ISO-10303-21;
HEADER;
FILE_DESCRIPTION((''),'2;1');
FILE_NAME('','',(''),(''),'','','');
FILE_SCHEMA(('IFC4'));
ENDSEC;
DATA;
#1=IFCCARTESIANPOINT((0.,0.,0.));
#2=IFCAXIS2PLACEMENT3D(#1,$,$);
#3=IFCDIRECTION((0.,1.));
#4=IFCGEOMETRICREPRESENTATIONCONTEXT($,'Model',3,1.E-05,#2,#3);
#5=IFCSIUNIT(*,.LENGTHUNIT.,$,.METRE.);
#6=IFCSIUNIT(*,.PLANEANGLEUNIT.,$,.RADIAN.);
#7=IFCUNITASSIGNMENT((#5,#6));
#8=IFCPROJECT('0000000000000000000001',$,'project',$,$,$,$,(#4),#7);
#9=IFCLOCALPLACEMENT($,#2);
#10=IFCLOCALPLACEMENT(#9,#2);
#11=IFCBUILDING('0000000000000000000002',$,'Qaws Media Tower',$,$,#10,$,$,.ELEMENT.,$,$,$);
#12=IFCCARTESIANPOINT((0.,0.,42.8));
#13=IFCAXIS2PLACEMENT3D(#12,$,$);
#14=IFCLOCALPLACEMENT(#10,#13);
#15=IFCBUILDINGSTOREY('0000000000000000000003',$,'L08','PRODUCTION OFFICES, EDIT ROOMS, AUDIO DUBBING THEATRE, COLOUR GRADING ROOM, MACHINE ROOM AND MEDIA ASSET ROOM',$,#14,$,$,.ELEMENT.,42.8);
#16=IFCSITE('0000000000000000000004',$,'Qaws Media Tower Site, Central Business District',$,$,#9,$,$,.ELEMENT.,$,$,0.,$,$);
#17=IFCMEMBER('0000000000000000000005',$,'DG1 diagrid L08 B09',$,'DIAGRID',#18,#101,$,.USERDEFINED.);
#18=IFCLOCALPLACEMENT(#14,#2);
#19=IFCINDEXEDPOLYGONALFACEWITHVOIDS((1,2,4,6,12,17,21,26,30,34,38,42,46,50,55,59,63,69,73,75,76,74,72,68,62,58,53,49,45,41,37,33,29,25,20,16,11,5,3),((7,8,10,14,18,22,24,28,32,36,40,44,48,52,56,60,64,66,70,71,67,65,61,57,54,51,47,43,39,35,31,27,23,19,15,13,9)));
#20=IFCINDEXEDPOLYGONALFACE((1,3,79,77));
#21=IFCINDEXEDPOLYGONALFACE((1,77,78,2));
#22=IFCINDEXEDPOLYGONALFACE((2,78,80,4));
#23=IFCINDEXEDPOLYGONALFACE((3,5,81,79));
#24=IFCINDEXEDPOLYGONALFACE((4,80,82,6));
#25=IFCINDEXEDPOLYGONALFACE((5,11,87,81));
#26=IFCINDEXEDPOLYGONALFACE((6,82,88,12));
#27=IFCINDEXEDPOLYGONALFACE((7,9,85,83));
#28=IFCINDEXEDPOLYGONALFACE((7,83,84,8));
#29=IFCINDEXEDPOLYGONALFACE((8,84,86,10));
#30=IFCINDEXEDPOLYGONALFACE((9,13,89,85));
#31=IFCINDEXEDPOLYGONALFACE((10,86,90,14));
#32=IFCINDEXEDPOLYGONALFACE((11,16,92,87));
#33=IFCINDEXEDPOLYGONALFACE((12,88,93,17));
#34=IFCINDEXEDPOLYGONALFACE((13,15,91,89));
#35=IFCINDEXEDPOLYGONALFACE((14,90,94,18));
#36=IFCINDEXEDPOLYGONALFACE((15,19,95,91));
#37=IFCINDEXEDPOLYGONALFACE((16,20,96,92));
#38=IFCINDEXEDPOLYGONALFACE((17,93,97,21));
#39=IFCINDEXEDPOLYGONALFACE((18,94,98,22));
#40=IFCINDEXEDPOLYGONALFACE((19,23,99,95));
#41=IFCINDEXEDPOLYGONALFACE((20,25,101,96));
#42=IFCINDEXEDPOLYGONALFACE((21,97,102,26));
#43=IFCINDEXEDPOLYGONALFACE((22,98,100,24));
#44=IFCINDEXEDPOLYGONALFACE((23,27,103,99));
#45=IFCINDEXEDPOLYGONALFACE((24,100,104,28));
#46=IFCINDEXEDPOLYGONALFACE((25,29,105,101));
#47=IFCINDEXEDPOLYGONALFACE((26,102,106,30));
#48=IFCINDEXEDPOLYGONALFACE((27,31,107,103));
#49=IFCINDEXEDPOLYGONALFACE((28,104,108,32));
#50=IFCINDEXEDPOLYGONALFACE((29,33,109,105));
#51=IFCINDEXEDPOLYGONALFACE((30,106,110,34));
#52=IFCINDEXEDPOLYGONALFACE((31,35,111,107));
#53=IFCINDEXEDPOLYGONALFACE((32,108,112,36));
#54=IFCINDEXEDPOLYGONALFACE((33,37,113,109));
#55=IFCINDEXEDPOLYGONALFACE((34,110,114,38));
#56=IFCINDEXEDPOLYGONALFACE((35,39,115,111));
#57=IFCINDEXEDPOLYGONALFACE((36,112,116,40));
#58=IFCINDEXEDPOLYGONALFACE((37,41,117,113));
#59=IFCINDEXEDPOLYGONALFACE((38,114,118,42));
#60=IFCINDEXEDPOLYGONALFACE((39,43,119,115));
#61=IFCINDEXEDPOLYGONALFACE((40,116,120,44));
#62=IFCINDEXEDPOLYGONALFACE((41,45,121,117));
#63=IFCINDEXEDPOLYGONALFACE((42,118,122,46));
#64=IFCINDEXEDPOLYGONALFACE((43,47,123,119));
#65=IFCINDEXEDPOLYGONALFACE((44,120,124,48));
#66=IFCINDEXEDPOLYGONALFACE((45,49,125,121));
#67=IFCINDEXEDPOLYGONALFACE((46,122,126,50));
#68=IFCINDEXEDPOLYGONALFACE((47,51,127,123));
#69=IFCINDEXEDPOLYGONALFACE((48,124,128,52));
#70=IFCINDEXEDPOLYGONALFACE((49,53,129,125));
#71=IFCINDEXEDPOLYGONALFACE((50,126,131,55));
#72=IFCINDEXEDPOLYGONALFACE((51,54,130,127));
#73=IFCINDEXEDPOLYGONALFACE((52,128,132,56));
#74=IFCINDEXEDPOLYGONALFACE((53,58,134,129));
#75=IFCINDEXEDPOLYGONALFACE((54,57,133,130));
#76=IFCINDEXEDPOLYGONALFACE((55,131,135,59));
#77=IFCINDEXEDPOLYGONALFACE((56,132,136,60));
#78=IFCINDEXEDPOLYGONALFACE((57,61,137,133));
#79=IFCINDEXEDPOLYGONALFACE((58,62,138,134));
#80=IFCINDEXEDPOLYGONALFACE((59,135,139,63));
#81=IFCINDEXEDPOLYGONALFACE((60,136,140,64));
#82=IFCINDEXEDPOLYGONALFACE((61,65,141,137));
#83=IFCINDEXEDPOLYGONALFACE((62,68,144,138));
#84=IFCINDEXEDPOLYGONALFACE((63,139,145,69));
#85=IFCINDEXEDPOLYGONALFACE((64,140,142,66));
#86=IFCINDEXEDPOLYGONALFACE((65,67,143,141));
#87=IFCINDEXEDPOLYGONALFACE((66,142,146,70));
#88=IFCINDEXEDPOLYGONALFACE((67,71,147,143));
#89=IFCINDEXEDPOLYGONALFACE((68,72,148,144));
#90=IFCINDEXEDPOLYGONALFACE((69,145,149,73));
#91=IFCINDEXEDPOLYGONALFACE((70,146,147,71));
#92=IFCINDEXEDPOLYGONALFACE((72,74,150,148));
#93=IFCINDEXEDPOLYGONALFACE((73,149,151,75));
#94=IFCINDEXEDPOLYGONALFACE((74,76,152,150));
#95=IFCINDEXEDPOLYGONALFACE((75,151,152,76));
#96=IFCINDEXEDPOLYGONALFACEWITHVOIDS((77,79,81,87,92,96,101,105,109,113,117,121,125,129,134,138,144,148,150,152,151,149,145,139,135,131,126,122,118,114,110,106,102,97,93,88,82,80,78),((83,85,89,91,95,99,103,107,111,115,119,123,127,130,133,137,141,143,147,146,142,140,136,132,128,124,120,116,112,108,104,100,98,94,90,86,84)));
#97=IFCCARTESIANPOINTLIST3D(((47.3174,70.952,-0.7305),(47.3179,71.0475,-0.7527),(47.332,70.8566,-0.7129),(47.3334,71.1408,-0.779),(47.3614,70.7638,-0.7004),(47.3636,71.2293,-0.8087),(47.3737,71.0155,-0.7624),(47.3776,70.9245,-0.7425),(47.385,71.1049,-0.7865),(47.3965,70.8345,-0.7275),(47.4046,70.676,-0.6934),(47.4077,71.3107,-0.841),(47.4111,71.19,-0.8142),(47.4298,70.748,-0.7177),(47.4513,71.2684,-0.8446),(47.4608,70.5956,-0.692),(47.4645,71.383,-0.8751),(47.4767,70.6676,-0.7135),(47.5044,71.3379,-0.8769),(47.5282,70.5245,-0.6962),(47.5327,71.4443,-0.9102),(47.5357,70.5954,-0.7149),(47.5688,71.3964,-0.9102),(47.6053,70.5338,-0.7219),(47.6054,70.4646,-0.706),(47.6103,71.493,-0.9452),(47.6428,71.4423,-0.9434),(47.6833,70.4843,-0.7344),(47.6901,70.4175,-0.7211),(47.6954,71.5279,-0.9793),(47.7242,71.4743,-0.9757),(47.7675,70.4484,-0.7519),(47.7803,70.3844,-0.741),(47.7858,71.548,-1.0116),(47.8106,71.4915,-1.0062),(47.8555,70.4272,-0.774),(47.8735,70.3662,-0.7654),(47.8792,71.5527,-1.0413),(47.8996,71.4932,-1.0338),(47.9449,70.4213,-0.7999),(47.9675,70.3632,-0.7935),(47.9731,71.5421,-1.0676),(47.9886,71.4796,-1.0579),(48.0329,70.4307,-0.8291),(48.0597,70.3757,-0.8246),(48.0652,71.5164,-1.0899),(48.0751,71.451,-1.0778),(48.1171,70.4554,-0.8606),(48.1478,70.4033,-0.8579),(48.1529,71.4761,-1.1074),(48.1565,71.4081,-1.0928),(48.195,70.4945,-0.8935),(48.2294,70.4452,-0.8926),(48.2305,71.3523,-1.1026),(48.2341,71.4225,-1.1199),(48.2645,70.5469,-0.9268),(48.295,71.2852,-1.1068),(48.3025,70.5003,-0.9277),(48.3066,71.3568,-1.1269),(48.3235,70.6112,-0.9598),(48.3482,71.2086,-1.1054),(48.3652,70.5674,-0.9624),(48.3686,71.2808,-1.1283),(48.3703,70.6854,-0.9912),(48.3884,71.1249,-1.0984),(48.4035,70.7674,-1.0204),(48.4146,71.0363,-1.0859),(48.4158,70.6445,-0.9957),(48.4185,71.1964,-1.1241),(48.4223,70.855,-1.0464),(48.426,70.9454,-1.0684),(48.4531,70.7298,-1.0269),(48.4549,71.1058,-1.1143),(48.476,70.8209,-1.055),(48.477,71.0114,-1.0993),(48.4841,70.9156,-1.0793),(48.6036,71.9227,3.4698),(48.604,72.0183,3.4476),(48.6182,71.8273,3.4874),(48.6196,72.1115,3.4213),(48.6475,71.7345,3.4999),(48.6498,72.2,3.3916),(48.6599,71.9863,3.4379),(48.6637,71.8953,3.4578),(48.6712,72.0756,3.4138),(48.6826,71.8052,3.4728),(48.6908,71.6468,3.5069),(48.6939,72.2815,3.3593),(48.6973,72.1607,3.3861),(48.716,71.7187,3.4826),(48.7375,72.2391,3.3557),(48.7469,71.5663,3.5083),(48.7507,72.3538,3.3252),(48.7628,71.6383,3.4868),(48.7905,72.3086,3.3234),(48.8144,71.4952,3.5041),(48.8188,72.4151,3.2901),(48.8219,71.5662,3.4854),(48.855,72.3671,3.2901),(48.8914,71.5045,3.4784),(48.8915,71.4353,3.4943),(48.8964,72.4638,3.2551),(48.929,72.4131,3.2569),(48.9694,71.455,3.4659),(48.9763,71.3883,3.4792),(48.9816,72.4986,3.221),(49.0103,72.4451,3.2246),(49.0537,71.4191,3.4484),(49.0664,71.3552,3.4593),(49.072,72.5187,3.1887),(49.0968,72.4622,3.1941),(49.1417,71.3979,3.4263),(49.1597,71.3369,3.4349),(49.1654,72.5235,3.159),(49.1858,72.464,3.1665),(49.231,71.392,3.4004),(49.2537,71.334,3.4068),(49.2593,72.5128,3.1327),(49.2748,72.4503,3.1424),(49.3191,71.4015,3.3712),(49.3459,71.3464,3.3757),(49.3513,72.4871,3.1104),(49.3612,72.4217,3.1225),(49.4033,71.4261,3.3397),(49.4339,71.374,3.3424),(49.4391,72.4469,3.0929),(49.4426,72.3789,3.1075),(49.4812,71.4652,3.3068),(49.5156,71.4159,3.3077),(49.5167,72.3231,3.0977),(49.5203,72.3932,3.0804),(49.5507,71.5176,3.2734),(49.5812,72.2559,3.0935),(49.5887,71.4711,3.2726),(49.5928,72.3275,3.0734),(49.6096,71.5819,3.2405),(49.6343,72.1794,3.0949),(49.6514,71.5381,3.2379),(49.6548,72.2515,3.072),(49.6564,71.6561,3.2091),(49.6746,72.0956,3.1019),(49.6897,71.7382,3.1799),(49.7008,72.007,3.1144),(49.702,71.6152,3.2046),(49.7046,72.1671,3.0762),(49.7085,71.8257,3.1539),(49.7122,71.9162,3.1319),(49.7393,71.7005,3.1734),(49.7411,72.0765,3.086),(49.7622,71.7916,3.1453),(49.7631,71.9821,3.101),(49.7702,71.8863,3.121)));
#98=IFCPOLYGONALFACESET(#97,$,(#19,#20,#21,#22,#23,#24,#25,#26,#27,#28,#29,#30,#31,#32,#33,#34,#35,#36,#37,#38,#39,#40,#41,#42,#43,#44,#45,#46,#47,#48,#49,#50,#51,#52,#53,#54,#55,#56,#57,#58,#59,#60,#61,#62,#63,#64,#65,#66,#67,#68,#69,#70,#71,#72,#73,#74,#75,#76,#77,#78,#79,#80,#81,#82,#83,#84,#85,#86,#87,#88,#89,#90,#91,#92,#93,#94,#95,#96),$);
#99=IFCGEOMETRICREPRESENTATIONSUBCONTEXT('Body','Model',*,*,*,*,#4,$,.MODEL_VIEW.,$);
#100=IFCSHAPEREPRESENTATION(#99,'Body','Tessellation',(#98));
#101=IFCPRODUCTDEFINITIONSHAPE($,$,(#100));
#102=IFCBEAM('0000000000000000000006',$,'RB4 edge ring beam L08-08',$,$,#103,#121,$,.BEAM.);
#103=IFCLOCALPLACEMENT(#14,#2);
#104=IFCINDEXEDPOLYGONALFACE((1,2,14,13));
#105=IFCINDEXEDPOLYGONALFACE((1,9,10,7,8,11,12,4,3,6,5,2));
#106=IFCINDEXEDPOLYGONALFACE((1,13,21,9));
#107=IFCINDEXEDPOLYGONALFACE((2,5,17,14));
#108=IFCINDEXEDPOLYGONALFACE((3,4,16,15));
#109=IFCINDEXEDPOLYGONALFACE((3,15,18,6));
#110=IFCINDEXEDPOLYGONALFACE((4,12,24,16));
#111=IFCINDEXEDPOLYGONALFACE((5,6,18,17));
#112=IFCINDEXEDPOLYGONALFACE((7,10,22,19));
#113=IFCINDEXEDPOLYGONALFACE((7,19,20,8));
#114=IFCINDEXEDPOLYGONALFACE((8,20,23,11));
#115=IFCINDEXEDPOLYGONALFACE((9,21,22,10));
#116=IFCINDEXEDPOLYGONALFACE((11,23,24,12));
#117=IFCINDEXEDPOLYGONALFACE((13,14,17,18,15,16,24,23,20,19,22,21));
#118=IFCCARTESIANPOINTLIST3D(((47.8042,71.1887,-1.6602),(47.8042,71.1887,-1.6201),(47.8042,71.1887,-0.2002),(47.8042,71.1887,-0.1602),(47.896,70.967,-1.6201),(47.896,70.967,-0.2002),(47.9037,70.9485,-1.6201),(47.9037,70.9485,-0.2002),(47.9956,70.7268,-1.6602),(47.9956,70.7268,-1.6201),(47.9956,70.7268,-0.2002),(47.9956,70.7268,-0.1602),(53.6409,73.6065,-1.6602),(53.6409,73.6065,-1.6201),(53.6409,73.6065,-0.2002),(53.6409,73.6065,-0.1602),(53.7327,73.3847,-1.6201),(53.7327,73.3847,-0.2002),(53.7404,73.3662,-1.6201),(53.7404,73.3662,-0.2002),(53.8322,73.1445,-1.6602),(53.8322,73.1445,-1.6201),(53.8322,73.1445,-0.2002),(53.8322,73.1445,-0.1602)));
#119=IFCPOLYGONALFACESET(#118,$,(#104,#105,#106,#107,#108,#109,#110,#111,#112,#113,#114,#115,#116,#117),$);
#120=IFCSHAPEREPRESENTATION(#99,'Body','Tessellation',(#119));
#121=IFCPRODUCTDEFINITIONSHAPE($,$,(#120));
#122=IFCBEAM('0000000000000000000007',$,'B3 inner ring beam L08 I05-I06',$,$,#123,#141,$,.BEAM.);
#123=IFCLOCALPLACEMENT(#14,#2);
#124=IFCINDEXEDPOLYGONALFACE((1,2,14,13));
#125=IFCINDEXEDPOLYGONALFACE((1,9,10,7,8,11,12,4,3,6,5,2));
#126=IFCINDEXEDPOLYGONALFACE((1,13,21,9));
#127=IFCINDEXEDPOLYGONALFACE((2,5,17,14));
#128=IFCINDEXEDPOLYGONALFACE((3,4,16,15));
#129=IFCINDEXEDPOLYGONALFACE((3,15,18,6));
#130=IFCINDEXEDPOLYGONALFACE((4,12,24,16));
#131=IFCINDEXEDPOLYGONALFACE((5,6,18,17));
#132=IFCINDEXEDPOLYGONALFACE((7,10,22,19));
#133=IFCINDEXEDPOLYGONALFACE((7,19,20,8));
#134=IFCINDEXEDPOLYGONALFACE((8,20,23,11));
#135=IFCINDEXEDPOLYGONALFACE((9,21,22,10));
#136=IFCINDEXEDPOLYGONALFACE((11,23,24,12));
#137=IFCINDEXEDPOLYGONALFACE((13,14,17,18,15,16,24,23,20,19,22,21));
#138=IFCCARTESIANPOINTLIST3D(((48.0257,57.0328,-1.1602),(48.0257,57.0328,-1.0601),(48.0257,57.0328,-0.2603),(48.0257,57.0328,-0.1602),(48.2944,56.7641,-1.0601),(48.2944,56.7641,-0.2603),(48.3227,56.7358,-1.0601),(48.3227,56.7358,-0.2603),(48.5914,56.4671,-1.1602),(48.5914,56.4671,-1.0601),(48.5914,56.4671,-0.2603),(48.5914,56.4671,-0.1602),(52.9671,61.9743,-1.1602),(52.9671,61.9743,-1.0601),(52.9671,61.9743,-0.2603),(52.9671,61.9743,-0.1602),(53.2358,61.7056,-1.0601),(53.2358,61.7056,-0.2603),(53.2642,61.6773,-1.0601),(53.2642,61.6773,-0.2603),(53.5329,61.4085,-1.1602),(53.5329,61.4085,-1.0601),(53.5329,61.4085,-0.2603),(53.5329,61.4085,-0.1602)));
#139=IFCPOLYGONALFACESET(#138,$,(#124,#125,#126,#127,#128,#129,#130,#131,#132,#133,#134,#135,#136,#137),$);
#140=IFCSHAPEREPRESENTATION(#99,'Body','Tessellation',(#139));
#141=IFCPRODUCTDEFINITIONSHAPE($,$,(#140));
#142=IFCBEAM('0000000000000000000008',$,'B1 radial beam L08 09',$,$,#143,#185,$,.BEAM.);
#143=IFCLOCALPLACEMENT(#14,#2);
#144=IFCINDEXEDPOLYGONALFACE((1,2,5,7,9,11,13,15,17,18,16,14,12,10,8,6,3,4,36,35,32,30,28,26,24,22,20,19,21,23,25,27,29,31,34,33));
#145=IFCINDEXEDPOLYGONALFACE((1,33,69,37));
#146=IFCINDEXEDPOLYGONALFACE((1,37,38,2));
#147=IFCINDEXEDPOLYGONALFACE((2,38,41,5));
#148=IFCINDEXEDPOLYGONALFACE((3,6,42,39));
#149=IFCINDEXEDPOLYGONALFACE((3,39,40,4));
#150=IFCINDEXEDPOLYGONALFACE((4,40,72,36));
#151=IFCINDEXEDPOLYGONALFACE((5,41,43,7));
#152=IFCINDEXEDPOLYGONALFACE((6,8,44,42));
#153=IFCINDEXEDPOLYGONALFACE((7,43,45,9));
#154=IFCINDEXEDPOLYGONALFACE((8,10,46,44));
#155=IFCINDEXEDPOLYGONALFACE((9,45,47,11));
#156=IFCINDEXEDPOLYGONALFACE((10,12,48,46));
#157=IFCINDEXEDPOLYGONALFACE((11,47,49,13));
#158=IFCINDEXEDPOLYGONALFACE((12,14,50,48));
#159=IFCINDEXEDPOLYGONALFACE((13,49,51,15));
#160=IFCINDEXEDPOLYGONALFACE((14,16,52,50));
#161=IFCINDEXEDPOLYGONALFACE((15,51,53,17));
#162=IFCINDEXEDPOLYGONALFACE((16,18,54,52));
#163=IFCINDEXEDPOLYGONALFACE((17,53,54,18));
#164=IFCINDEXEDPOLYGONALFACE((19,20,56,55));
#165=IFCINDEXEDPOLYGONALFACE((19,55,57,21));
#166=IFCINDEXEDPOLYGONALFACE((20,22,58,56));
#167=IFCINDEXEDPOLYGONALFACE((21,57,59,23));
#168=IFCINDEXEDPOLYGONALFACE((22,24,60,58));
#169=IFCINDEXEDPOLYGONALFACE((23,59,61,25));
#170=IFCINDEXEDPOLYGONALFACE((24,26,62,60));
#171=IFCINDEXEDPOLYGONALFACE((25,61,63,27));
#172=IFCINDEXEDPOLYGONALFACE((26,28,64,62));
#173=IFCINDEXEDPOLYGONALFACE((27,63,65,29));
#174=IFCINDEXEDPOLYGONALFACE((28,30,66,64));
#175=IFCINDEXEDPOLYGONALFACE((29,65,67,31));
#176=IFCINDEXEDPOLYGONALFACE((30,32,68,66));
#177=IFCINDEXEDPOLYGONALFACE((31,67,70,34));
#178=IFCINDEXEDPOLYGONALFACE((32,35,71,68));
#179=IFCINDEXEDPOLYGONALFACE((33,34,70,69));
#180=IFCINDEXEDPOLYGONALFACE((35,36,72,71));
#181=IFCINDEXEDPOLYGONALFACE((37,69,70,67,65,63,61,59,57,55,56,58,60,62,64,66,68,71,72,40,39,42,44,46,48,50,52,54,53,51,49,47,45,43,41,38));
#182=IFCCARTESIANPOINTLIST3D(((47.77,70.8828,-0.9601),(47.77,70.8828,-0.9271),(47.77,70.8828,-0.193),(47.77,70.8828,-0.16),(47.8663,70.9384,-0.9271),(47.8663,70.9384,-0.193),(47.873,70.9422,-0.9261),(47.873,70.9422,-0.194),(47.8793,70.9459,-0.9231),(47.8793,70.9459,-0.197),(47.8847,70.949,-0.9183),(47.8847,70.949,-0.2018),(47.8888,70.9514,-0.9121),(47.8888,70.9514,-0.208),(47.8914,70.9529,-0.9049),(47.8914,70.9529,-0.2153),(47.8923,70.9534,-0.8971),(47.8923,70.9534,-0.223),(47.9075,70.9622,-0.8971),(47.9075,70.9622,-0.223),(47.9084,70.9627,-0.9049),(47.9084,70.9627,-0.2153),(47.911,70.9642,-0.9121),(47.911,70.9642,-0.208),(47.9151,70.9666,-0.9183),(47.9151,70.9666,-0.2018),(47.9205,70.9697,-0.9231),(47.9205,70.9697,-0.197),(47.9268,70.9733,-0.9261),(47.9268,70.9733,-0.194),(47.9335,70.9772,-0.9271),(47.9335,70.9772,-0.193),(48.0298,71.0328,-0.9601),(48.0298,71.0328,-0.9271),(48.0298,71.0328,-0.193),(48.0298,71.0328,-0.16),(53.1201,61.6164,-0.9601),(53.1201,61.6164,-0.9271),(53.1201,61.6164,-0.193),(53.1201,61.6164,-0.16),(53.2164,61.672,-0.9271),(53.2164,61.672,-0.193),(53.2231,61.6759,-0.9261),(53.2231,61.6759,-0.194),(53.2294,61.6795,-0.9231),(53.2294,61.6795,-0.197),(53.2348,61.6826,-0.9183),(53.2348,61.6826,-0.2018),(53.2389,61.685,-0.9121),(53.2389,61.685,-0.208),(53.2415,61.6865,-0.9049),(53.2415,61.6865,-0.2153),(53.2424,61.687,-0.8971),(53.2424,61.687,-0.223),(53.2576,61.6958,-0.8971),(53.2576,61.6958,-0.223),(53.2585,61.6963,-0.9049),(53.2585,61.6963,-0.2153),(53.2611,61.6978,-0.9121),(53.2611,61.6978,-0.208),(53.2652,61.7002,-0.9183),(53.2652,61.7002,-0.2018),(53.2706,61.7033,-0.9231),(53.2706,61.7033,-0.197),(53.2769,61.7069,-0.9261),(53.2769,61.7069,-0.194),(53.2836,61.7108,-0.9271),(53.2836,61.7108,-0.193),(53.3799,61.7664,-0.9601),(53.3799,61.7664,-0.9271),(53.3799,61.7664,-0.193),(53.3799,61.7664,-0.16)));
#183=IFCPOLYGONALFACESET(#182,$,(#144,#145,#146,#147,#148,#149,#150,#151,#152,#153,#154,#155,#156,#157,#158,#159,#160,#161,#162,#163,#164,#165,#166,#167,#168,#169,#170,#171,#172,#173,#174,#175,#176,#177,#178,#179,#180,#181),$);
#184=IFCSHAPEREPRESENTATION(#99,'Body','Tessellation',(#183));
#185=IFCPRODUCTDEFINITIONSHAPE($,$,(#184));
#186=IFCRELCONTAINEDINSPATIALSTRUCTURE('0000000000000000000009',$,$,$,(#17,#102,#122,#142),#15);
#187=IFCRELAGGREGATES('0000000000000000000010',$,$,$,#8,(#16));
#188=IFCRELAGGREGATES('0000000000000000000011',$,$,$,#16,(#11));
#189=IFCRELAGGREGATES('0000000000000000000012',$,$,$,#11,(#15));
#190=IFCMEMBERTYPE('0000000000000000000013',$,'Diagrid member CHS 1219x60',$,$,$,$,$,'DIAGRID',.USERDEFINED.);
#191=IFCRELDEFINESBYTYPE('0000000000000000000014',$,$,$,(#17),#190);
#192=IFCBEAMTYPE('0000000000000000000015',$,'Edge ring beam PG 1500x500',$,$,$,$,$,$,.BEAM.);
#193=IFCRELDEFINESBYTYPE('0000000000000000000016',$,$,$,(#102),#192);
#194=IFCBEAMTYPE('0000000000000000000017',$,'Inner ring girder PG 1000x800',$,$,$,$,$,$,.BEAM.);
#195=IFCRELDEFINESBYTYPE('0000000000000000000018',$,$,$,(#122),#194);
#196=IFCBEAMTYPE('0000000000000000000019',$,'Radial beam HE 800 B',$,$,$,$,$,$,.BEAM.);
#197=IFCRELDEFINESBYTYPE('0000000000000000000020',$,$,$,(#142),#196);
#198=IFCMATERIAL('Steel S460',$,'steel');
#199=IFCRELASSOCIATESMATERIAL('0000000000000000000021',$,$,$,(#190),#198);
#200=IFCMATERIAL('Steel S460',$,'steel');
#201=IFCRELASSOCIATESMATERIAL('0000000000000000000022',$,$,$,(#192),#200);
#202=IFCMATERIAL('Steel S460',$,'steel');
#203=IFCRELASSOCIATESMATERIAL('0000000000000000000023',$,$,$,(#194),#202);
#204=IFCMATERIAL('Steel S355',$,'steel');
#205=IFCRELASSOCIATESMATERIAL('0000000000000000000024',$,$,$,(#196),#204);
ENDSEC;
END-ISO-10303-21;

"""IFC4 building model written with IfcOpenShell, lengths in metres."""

from ifc_helpers import new_model, si_unit, direction, frame, origin, origin_2d, place, context, subcontext, project, spatial, hollow_circle, i_section, extrude, material, material_profile, profile_set, type_object, element, save


model = new_model("IFC4")

# Units and contexts
model_context = context("Model", 3, precision=1e-05, world=origin(), true_north=direction((0.0, 1.0)))
body_context = subcontext(model_context, "Body", "Model", "MODEL_VIEW")
ifc_project = project(units=[si_unit("LENGTHUNIT", "METRE"), si_unit("PLANEANGLEUNIT", "RADIAN")], contexts=[model_context])

# Site, building, storey
site_placement = place(None, origin())
site = spatial("IfcSite", under=ifc_project, at=site_placement, Name="Qaws Media Tower Site, Central Business District", CompositionType="ELEMENT", RefElevation=0.0)
building_placement = place(site_placement, origin())
building = spatial("IfcBuilding", under=site, at=building_placement, Name="Qaws Media Tower", CompositionType="ELEMENT")
storey_placement = place(building_placement, frame((0.0, 0.0, 42.8)))
storey = spatial("IfcBuildingStorey", under=building, at=storey_placement, Name="L08", Description="PRODUCTION OFFICES, EDIT ROOMS, AUDIO DUBBING THEATRE, COLOUR GRADING ROOM, MACHINE ROOM AND MEDIA ASSET ROOM", CompositionType="ELEMENT", Elevation=42.8)

# Member
ifc_material_1 = material(Name="Steel S460", Category="steel")
ifc_material_profile_1 = material_profile(ifc_material_1, hollow_circle(Radius=0.6096, WallThickness=0.0601, at=origin_2d()), Name="CHS 1219x60")
ifc_profile_set_1 = profile_set([ifc_material_profile_1], Name="Steel S460")
member_type_1 = type_object("IfcMemberType", Name="Diagrid member CHS 1219x60", ElementType="DIAGRID", PredefinedType="USERDEFINED", material=ifc_profile_set_1)
member_1_placement = place(storey_placement, frame((47.8999, 70.9578, -0.9102), z_axis=(0.285892, 0.215776, 0.933652), x_axis=(-0.602421, 0.798178, 0.0)))
element("IfcMember", 1, at=member_1_placement, inside=storey, type_object=member_type_1, Name="DG1 diagrid L08 B09", ObjectType="DIAGRID", PredefinedType="USERDEFINED", context=body_context, shape_type="SweptSolid", body=[
    extrude(hollow_circle(Radius=0.6096, WallThickness=0.0601, at=origin_2d()), origin(), (0.0, 0.0, 1.0), 4.4988),
])

# Beams
ifc_material_2 = material(Name="Steel S460", Category="steel")
ifc_material_profile_2 = material_profile(ifc_material_2, i_section(OverallWidth=0.5, OverallDepth=1.5, WebThickness=0.02, FlangeThickness=0.04, at=origin_2d()), Name="PG 1500x500")
ifc_profile_set_2 = profile_set([ifc_material_profile_2], Name="Steel S460")
beam_type_1 = type_object("IfcBeamType", Name="Edge ring beam PG 1500x500", PredefinedType="BEAM", material=ifc_profile_set_2)
beam_1_placement = place(storey_placement, frame((53.7366, 73.3755, -0.9102), z_axis=(-0.923874, -0.382697, 0.0), x_axis=(0.382697, -0.923874, 0.0)))
element("IfcBeam", 2, at=beam_1_placement, inside=storey, type_object=beam_type_1, Name="RB4 edge ring beam L08-08", PredefinedType="BEAM", context=body_context, shape_type="SweptSolid", body=[
    extrude(i_section(OverallWidth=0.5, OverallDepth=1.5, WebThickness=0.02, FlangeThickness=0.04, at=origin_2d()), origin(), (0.0, 0.0, 1.0), 6.3176),
])
ifc_material_3 = material(Name="Steel S460", Category="steel")
ifc_material_profile_3 = material_profile(ifc_material_3, i_section(OverallWidth=0.8, OverallDepth=1.0, WebThickness=0.04, FlangeThickness=0.1001, at=origin_2d()), Name="PG 1000x800")
ifc_profile_set_3 = profile_set([ifc_material_profile_3], Name="Steel S460")
beam_type_2 = type_object("IfcBeamType", Name="Inner ring girder PG 1000x800", PredefinedType="BEAM", material=ifc_profile_set_3)
beam_2_placement = place(storey_placement, frame((53.25, 61.6914, -0.6602), z_axis=(-0.707107, -0.707107, 0.0), x_axis=(0.707107, -0.707107, 0.0)))
element("IfcBeam", 3, at=beam_2_placement, inside=storey, type_object=beam_type_2, Name="B3 inner ring beam L08 I05-I06", PredefinedType="BEAM", context=body_context, shape_type="SweptSolid", body=[
    extrude(i_section(OverallWidth=0.8, OverallDepth=1.0, WebThickness=0.04, FlangeThickness=0.1001, at=origin_2d()), origin(), (0.0, 0.0, 1.0), 6.9883),
])
ifc_material_4 = material(Name="Steel S355", Category="steel")
ifc_material_profile_4 = material_profile(ifc_material_4, i_section(OverallWidth=0.3, OverallDepth=0.8, WebThickness=0.0176, FlangeThickness=0.033, FilletRadius=0.03, at=origin_2d()), Name="HE 800 B")
ifc_profile_set_4 = profile_set([ifc_material_profile_4], Name="Steel S355")
beam_type_3 = type_object("IfcBeamType", Name="Radial beam HE 800 B", PredefinedType="BEAM", material=ifc_profile_set_4)
beam_3_placement = place(storey_placement, frame((53.25, 61.6914, -0.5601), z_axis=(-0.500011, 0.866019, 0.0), x_axis=(-0.866019, -0.500011, 0.0)))
element("IfcBeam", 4, at=beam_3_placement, inside=storey, type_object=beam_type_3, Name="B1 radial beam L08 09", PredefinedType="BEAM", context=body_context, shape_type="SweptSolid", body=[
    extrude(i_section(OverallWidth=0.3, OverallDepth=0.8, WebThickness=0.0176, FlangeThickness=0.033, FilletRadius=0.03, at=origin_2d()), origin(), (0.0, 0.0, 1.0), 10.7),
])

save(model, "model.ifc")
